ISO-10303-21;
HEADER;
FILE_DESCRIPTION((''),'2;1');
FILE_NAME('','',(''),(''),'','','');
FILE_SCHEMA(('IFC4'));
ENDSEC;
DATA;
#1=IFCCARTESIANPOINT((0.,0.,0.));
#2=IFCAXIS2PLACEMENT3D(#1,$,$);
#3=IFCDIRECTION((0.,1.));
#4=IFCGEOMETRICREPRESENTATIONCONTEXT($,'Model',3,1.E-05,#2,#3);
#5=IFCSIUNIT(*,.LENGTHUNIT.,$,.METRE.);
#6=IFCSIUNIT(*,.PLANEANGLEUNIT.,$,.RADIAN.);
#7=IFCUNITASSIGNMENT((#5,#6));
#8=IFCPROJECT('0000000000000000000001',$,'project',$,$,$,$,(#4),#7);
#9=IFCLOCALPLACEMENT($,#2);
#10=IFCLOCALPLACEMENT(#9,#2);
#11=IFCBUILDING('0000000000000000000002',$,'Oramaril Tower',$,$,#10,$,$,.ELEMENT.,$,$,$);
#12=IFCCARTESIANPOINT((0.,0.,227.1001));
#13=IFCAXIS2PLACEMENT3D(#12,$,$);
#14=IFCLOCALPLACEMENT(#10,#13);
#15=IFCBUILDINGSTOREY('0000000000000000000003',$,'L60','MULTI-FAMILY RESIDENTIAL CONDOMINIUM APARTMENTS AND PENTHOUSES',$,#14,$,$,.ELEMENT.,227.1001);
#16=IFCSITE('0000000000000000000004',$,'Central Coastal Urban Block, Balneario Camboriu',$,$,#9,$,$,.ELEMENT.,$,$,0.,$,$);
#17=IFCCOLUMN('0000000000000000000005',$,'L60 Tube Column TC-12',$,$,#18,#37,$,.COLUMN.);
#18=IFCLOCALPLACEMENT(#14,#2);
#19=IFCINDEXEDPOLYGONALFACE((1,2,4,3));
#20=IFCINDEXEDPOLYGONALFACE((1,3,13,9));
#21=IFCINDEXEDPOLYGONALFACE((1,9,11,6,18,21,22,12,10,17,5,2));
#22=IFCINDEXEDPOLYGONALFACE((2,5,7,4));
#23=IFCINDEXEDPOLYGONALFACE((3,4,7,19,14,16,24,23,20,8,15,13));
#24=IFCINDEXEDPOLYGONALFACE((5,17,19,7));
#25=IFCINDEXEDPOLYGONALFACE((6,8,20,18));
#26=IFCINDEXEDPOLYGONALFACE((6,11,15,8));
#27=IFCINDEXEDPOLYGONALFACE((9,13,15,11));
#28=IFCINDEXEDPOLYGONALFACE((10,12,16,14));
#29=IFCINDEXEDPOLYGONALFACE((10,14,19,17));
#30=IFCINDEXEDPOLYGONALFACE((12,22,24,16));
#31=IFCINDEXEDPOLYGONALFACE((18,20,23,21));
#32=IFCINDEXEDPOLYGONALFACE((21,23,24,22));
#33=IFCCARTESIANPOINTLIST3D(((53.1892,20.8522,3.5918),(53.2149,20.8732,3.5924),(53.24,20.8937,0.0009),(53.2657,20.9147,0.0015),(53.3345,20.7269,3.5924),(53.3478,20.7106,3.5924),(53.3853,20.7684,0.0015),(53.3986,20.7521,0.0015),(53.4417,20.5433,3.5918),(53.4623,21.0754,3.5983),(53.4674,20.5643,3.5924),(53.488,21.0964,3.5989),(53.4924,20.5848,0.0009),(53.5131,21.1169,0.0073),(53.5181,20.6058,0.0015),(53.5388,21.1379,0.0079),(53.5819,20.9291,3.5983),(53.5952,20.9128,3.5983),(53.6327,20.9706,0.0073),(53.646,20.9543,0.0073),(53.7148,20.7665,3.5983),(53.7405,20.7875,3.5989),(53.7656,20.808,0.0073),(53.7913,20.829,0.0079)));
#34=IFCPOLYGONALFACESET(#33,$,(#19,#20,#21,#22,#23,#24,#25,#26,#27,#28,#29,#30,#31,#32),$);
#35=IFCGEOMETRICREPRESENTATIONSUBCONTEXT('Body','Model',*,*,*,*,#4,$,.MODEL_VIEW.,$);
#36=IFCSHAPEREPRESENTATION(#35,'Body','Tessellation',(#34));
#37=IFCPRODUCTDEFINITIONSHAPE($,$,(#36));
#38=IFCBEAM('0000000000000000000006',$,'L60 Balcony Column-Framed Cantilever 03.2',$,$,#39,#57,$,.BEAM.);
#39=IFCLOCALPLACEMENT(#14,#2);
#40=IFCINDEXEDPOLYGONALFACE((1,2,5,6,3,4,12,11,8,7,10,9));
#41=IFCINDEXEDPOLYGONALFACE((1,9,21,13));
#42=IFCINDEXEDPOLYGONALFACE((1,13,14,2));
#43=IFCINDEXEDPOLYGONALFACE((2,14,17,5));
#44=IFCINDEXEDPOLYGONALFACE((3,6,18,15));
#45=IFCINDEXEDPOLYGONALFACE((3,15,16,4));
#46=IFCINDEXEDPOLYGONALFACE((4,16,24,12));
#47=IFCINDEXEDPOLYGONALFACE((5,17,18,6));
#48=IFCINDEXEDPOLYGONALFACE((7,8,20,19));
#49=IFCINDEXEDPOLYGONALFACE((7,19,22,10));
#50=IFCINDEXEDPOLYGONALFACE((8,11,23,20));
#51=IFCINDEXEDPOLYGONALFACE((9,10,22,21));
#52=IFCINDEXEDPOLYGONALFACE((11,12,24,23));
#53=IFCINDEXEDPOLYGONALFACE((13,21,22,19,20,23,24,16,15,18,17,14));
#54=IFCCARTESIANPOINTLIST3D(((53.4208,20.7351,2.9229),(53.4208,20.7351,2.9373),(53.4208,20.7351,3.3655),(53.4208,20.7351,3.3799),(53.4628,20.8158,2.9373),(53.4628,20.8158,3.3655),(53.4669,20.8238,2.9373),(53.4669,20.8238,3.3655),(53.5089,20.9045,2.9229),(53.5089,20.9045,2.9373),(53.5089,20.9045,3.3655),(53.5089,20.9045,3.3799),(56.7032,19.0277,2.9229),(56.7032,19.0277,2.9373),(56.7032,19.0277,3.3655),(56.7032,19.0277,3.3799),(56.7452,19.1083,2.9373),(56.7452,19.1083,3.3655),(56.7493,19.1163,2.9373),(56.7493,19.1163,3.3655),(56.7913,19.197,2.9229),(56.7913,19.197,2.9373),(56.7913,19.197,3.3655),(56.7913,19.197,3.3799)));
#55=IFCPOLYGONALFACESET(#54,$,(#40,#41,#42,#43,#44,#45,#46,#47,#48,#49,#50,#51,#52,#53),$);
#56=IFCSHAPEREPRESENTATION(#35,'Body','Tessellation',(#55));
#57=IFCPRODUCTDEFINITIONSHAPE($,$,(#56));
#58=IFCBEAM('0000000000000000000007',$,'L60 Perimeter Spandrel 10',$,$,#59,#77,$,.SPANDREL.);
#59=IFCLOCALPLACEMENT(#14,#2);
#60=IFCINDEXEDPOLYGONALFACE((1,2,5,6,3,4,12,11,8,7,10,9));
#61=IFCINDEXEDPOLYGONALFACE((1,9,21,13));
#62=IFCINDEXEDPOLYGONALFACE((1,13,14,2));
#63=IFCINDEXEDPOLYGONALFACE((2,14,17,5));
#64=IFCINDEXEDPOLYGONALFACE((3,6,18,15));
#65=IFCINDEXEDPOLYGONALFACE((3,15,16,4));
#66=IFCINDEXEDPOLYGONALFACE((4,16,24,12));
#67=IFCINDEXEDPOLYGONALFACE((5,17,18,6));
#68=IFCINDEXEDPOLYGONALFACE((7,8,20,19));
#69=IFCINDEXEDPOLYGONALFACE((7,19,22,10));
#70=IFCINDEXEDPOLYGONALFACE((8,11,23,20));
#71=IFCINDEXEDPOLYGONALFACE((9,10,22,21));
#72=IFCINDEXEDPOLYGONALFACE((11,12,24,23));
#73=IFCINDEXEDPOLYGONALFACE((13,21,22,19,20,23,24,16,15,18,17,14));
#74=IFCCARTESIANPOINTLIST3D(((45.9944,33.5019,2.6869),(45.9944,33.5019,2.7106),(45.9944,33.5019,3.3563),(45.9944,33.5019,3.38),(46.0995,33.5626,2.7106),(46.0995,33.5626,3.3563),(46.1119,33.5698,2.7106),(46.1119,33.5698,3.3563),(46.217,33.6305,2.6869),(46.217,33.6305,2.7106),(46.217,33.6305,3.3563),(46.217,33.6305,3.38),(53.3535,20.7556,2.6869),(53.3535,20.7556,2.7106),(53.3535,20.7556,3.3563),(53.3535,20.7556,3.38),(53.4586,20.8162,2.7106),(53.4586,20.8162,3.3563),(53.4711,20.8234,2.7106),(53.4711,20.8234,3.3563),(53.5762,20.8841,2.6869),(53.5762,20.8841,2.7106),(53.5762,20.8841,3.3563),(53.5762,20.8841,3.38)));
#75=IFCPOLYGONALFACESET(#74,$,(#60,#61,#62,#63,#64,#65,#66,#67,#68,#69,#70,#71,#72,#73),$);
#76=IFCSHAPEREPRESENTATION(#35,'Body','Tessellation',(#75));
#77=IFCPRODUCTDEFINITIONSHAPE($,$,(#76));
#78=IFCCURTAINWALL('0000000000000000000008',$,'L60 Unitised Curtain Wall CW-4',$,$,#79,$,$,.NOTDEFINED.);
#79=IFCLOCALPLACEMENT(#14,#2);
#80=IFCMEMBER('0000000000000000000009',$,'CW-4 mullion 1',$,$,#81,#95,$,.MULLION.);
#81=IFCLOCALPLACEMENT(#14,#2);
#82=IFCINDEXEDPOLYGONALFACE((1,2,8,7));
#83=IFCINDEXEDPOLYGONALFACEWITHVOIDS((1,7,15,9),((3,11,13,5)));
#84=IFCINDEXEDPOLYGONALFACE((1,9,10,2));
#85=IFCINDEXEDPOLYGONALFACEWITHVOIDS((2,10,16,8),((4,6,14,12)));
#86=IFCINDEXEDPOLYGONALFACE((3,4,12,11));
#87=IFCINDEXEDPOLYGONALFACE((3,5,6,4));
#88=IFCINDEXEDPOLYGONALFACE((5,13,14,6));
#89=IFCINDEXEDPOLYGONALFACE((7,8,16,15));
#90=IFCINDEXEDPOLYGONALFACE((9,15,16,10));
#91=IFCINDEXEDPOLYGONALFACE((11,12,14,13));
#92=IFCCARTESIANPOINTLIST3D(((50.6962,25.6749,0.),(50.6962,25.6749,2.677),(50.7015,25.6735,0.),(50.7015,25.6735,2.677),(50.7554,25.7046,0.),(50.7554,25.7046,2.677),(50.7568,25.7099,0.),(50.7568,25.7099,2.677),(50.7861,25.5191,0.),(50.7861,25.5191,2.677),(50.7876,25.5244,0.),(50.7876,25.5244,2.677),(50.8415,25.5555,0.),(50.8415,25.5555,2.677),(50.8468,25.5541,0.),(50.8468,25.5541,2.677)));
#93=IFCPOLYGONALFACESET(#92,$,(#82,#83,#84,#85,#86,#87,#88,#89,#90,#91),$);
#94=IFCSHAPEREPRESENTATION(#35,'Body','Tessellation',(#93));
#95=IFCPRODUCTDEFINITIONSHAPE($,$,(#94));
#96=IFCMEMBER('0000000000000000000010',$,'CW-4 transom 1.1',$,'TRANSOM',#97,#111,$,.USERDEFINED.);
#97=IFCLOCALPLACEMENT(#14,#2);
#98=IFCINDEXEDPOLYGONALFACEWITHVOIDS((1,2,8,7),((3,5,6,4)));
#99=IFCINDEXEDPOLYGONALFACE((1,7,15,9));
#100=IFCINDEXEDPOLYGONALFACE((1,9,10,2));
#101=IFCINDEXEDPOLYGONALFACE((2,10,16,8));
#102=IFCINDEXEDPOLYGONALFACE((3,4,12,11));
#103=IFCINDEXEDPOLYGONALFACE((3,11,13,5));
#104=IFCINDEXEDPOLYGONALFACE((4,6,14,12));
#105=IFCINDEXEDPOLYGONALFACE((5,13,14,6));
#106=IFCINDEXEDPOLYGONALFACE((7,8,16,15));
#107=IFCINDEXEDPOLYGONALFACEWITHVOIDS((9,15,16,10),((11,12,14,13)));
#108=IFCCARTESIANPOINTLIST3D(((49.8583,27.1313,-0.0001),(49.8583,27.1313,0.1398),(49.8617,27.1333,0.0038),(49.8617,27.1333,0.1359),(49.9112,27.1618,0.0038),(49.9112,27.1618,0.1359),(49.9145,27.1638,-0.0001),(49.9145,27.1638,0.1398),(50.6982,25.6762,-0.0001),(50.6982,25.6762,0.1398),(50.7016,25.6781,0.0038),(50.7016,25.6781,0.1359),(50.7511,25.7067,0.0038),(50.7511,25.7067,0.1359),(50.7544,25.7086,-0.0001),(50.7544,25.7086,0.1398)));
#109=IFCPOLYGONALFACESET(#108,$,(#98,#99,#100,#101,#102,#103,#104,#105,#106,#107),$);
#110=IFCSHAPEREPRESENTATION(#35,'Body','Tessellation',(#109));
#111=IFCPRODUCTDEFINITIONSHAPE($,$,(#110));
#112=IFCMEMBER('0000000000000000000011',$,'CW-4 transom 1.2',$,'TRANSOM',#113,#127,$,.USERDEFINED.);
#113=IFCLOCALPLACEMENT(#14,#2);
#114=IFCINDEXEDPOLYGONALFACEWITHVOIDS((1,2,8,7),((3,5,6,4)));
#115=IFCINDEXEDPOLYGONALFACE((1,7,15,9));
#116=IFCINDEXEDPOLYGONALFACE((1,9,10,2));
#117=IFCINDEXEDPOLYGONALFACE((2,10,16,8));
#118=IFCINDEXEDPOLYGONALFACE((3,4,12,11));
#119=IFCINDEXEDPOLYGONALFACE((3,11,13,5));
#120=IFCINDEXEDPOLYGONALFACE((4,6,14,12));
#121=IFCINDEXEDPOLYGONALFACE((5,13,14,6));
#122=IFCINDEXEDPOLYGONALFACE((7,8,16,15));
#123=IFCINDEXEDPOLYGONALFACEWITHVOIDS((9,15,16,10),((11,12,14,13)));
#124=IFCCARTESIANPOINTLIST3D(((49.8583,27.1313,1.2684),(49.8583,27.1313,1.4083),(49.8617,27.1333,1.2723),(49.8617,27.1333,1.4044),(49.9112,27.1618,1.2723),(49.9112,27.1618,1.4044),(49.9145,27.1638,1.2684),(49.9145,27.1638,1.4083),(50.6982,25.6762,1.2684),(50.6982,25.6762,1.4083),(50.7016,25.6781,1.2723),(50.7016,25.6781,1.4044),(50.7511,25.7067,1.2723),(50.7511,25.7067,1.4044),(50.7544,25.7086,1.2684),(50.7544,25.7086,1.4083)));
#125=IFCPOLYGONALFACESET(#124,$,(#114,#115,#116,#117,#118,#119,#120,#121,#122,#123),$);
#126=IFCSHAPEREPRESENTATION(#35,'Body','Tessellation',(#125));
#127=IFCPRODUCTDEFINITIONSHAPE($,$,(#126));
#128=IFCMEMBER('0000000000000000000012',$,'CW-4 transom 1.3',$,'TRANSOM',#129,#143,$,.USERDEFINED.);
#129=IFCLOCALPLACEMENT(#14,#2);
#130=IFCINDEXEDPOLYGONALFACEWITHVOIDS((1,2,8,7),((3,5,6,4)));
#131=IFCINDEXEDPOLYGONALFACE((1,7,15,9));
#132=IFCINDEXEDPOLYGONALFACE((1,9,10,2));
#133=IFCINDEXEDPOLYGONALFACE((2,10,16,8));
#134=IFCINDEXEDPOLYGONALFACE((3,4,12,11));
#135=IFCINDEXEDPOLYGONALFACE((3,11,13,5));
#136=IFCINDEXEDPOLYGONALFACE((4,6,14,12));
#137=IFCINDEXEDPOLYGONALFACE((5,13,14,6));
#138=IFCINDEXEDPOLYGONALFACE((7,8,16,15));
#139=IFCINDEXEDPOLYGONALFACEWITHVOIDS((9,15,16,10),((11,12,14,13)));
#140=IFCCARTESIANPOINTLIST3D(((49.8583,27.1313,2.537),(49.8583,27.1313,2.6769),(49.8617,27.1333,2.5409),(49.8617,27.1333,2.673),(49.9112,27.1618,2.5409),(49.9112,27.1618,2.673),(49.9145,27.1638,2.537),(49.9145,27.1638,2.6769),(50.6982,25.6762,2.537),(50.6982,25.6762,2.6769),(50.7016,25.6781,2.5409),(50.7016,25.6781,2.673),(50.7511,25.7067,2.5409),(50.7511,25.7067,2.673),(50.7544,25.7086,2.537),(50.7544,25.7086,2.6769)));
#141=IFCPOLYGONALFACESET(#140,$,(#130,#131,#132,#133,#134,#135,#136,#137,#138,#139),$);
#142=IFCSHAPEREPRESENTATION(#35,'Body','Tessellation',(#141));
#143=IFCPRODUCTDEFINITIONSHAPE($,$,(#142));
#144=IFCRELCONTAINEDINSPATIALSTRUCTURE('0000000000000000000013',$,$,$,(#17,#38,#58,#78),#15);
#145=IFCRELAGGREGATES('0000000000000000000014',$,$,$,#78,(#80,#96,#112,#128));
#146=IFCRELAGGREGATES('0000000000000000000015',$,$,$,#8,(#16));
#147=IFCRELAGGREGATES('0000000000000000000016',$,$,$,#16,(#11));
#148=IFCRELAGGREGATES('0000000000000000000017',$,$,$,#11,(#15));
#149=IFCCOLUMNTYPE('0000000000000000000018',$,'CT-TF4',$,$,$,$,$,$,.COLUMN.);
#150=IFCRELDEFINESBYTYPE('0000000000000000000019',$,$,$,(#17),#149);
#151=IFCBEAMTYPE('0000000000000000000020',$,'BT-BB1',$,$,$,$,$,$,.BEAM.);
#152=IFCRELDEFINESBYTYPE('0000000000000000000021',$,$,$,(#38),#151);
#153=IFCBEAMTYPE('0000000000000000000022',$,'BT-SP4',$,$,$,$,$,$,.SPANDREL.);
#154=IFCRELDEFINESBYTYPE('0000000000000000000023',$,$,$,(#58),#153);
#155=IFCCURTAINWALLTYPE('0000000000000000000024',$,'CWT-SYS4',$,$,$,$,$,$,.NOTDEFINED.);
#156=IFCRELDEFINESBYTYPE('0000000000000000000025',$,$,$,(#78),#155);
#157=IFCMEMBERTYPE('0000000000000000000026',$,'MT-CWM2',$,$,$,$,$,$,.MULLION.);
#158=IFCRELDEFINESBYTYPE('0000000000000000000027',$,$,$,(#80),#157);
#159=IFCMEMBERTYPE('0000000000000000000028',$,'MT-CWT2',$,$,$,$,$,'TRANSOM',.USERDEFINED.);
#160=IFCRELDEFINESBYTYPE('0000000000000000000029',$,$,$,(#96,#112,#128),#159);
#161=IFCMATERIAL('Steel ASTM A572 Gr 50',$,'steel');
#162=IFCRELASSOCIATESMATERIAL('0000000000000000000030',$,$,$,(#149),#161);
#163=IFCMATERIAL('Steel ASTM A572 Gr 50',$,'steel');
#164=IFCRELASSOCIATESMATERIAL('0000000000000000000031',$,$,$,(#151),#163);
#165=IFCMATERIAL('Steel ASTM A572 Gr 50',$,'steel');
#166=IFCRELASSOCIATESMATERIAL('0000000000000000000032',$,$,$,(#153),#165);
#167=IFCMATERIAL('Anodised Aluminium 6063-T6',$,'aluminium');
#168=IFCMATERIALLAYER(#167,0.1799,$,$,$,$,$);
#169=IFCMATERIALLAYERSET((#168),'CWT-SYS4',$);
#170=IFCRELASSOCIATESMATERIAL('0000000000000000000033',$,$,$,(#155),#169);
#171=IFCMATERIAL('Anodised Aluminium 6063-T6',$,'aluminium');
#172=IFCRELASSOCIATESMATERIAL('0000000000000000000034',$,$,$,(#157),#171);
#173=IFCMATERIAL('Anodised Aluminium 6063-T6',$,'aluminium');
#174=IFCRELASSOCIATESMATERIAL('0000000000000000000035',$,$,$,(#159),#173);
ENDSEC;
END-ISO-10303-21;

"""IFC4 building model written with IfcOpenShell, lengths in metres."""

from ifc_helpers import new_model, si_unit, direction, frame, origin, origin_2d, place, context, subcontext, project, spatial, hollow_rectangle, i_section, extrude, material, layer, layer_set, material_profile, profile_set, type_object, element, aggregate, save


model = new_model("IFC4")

# Units and contexts
model_context = context("Model", 3, precision=1e-05, world=origin(), true_north=direction((0.0, 1.0)))
body_context = subcontext(model_context, "Body", "Model", "MODEL_VIEW")
ifc_project = project(units=[si_unit("LENGTHUNIT", "METRE"), si_unit("PLANEANGLEUNIT", "RADIAN")], contexts=[model_context])

# Site, building, storey
site_placement = place(None, origin())
site = spatial("IfcSite", under=ifc_project, at=site_placement, Name="Central Coastal Urban Block, Balneario Camboriu", CompositionType="ELEMENT", RefElevation=0.0)
building_placement = place(site_placement, origin())
building = spatial("IfcBuilding", under=site, at=building_placement, Name="Oramaril Tower", CompositionType="ELEMENT")
storey_placement = place(building_placement, frame((0.0, 0.0, 227.1001)))
storey = spatial("IfcBuildingStorey", under=building, at=storey_placement, Name="L60", Description="MULTI-FAMILY RESIDENTIAL CONDOMINIUM APARTMENTS AND PENTHOUSES", CompositionType="ELEMENT", Elevation=227.1001)

# Column
ifc_material_1 = material(Name="Steel ASTM A572 Gr 50", Category="steel")
ifc_material_profile_1 = material_profile(ifc_material_1, i_section(OverallWidth=0.3989, OverallDepth=0.386, WebThickness=0.021, FlangeThickness=0.0332, at=origin_2d()), Name="W14X176")
ifc_profile_set_1 = profile_set([ifc_material_profile_1], Name="Steel ASTM A572 Gr 50")
column_type = type_object("IfcColumnType", Name="CT-TF4", PredefinedType="COLUMN", material=ifc_profile_set_1)
column_placement = place(storey_placement, frame((53.5156, 20.8613, 0.0044), z_axis=(-0.014139, -0.011556, 0.999833), x_axis=(0.632832, -0.774289, 0.0)))
element("IfcColumn", 1, at=column_placement, inside=storey, type_object=column_type, Name="L60 Tube Column TC-12", PredefinedType="COLUMN", context=body_context, shape_type="SweptSolid", body=[
    extrude(i_section(OverallWidth=0.3989, OverallDepth=0.386, WebThickness=0.021, FlangeThickness=0.0332, at=origin_2d()), origin(), (0.0, 0.0, 1.0), 3.5916),
])

# Beams
ifc_material_2 = material(Name="Steel ASTM A572 Gr 50", Category="steel")
ifc_material_profile_2 = material_profile(ifc_material_2, i_section(OverallWidth=0.1909, OverallDepth=0.457, WebThickness=0.009, FlangeThickness=0.0144, at=origin_2d()), Name="W18X50")
ifc_profile_set_2 = profile_set([ifc_material_profile_2], Name="Steel ASTM A572 Gr 50")
beam_type_1 = type_object("IfcBeamType", Name="BT-BB1", PredefinedType="BEAM", material=ifc_profile_set_2)
beam_1_placement = place(storey_placement, frame((53.4648, 20.8198, 3.1514), z_axis=(0.887147, -0.461488, 0.0), x_axis=(0.461488, 0.887147, 0.0)))
element("IfcBeam", 2, at=beam_1_placement, inside=storey, type_object=beam_type_1, Name="L60 Balcony Column-Framed Cantilever 03.2", PredefinedType="BEAM", context=body_context, shape_type="SweptSolid", body=[
    extrude(i_section(OverallWidth=0.1909, OverallDepth=0.457, WebThickness=0.009, FlangeThickness=0.0144, at=origin_2d()), origin(), (0.0, 0.0, 1.0), 3.7),
])
ifc_material_3 = material(Name="Steel ASTM A572 Gr 50", Category="steel")
ifc_material_profile_3 = material_profile(ifc_material_3, i_section(OverallWidth=0.2571, OverallDepth=0.6931, WebThickness=0.0144, FlangeThickness=0.0237, at=origin_2d()), Name="W27X114")
ifc_profile_set_3 = profile_set([ifc_material_profile_3], Name="Steel ASTM A572 Gr 50")
beam_type_2 = type_object("IfcBeamType", Name="BT-SP4", PredefinedType="SPANDREL", material=ifc_profile_set_3)
beam_2_placement = place(storey_placement, frame((53.4648, 20.8198, 3.0334), z_axis=(-0.500001, 0.866025, 0.0), x_axis=(-0.866025, -0.500001, 0.0)))
element("IfcBeam", 3, at=beam_2_placement, inside=storey, type_object=beam_type_2, Name="L60 Perimeter Spandrel 10", PredefinedType="SPANDREL", context=body_context, shape_type="SweptSolid", body=[
    extrude(i_section(OverallWidth=0.2571, OverallDepth=0.6931, WebThickness=0.0144, FlangeThickness=0.0237, at=origin_2d()), origin(), (0.0, 0.0, 1.0), 14.7183),
])

# Curtain wall, members
ifc_material_4 = material(Name="Anodised Aluminium 6063-T6", Category="aluminium")
ifc_layer_1 = layer(ifc_material_4, 0.1799)
ifc_layer_set_1 = layer_set([ifc_layer_1], Name="CWT-SYS4")
curtain_wall_type = type_object("IfcCurtainWallType", Name="CWT-SYS4", PredefinedType="NOTDEFINED", material=ifc_layer_set_1)
curtain_wall_placement = place(storey_placement, origin())
curtain_wall = element("IfcCurtainWall", 4, at=curtain_wall_placement, inside=storey, type_object=curtain_wall_type, Name="L60 Unitised Curtain Wall CW-4", PredefinedType="NOTDEFINED")
ifc_material_5 = material(Name="Anodised Aluminium 6063-T6", Category="aluminium")
ifc_material_profile_4 = material_profile(ifc_material_5, hollow_rectangle(XDim=0.0701, YDim=0.1799, WallThickness=0.0039, at=origin_2d()), Name="CWM180X70")
ifc_profile_set_4 = profile_set([ifc_material_profile_4], Name="Anodised Aluminium 6063-T6")
member_type_1 = type_object("IfcMemberType", Name="MT-CWM2", PredefinedType="MULLION", material=ifc_profile_set_4)
member_1_placement = place(storey_placement, frame((50.7715, 25.6145, 0.0), z_axis=(0.0, 0.0, 1.0), x_axis=(-0.866025, -0.5, 0.0)))
member_1 = element("IfcMember", 5, at=member_1_placement, type_object=member_type_1, Name="CW-4 mullion 1", PredefinedType="MULLION", context=body_context, shape_type="SweptSolid", body=[
    extrude(hollow_rectangle(XDim=0.0701, YDim=0.1799, WallThickness=0.0039, at=origin_2d()), origin(), (0.0, 0.0, 1.0), 2.677),
])
ifc_material_6 = material(Name="Anodised Aluminium 6063-T6", Category="aluminium")
ifc_material_profile_5 = material_profile(ifc_material_6, hollow_rectangle(XDim=0.0649, YDim=0.1399, WallThickness=0.0039, at=origin_2d()), Name="CWT140X65")
ifc_profile_set_5 = profile_set([ifc_material_profile_5], Name="Anodised Aluminium 6063-T6")
member_type_2 = type_object("IfcMemberType", Name="MT-CWT2", ElementType="TRANSOM", PredefinedType="USERDEFINED", material=ifc_profile_set_5)
member_2_placement = place(storey_placement, frame((50.7263, 25.6924, 0.0698), z_axis=(-0.49989, 0.866089, 0.0), x_axis=(-0.866089, -0.49989, 0.0)))
member_2 = element("IfcMember", 6, at=member_2_placement, type_object=member_type_2, Name="CW-4 transom 1.1", ObjectType="TRANSOM", PredefinedType="USERDEFINED", context=body_context, shape_type="SweptSolid", body=[
    extrude(hollow_rectangle(XDim=0.0649, YDim=0.1399, WallThickness=0.0039, at=origin_2d()), origin(), (0.0, 0.0, 1.0), 1.6802),
])
member_3_placement = place(storey_placement, frame((50.7263, 25.6924, 1.3384), z_axis=(-0.49989, 0.866089, 0.0), x_axis=(-0.866089, -0.49989, 0.0)))
member_3 = element("IfcMember", 7, at=member_3_placement, type_object=member_type_2, Name="CW-4 transom 1.2", ObjectType="TRANSOM", PredefinedType="USERDEFINED", context=body_context, shape_type="SweptSolid", body=[
    extrude(hollow_rectangle(XDim=0.0649, YDim=0.1399, WallThickness=0.0039, at=origin_2d()), origin(), (0.0, 0.0, 1.0), 1.6802),
])
member_4_placement = place(storey_placement, frame((50.7263, 25.6924, 2.6069), z_axis=(-0.49989, 0.866089, 0.0), x_axis=(-0.866089, -0.49989, 0.0)))
member_4 = element("IfcMember", 8, at=member_4_placement, type_object=member_type_2, Name="CW-4 transom 1.3", ObjectType="TRANSOM", PredefinedType="USERDEFINED", context=body_context, shape_type="SweptSolid", body=[
    extrude(hollow_rectangle(XDim=0.0649, YDim=0.1399, WallThickness=0.0039, at=origin_2d()), origin(), (0.0, 0.0, 1.0), 1.6802),
])
aggregate(curtain_wall, [member_1, member_2, member_3, member_4])

save(model, "model.ifc")
